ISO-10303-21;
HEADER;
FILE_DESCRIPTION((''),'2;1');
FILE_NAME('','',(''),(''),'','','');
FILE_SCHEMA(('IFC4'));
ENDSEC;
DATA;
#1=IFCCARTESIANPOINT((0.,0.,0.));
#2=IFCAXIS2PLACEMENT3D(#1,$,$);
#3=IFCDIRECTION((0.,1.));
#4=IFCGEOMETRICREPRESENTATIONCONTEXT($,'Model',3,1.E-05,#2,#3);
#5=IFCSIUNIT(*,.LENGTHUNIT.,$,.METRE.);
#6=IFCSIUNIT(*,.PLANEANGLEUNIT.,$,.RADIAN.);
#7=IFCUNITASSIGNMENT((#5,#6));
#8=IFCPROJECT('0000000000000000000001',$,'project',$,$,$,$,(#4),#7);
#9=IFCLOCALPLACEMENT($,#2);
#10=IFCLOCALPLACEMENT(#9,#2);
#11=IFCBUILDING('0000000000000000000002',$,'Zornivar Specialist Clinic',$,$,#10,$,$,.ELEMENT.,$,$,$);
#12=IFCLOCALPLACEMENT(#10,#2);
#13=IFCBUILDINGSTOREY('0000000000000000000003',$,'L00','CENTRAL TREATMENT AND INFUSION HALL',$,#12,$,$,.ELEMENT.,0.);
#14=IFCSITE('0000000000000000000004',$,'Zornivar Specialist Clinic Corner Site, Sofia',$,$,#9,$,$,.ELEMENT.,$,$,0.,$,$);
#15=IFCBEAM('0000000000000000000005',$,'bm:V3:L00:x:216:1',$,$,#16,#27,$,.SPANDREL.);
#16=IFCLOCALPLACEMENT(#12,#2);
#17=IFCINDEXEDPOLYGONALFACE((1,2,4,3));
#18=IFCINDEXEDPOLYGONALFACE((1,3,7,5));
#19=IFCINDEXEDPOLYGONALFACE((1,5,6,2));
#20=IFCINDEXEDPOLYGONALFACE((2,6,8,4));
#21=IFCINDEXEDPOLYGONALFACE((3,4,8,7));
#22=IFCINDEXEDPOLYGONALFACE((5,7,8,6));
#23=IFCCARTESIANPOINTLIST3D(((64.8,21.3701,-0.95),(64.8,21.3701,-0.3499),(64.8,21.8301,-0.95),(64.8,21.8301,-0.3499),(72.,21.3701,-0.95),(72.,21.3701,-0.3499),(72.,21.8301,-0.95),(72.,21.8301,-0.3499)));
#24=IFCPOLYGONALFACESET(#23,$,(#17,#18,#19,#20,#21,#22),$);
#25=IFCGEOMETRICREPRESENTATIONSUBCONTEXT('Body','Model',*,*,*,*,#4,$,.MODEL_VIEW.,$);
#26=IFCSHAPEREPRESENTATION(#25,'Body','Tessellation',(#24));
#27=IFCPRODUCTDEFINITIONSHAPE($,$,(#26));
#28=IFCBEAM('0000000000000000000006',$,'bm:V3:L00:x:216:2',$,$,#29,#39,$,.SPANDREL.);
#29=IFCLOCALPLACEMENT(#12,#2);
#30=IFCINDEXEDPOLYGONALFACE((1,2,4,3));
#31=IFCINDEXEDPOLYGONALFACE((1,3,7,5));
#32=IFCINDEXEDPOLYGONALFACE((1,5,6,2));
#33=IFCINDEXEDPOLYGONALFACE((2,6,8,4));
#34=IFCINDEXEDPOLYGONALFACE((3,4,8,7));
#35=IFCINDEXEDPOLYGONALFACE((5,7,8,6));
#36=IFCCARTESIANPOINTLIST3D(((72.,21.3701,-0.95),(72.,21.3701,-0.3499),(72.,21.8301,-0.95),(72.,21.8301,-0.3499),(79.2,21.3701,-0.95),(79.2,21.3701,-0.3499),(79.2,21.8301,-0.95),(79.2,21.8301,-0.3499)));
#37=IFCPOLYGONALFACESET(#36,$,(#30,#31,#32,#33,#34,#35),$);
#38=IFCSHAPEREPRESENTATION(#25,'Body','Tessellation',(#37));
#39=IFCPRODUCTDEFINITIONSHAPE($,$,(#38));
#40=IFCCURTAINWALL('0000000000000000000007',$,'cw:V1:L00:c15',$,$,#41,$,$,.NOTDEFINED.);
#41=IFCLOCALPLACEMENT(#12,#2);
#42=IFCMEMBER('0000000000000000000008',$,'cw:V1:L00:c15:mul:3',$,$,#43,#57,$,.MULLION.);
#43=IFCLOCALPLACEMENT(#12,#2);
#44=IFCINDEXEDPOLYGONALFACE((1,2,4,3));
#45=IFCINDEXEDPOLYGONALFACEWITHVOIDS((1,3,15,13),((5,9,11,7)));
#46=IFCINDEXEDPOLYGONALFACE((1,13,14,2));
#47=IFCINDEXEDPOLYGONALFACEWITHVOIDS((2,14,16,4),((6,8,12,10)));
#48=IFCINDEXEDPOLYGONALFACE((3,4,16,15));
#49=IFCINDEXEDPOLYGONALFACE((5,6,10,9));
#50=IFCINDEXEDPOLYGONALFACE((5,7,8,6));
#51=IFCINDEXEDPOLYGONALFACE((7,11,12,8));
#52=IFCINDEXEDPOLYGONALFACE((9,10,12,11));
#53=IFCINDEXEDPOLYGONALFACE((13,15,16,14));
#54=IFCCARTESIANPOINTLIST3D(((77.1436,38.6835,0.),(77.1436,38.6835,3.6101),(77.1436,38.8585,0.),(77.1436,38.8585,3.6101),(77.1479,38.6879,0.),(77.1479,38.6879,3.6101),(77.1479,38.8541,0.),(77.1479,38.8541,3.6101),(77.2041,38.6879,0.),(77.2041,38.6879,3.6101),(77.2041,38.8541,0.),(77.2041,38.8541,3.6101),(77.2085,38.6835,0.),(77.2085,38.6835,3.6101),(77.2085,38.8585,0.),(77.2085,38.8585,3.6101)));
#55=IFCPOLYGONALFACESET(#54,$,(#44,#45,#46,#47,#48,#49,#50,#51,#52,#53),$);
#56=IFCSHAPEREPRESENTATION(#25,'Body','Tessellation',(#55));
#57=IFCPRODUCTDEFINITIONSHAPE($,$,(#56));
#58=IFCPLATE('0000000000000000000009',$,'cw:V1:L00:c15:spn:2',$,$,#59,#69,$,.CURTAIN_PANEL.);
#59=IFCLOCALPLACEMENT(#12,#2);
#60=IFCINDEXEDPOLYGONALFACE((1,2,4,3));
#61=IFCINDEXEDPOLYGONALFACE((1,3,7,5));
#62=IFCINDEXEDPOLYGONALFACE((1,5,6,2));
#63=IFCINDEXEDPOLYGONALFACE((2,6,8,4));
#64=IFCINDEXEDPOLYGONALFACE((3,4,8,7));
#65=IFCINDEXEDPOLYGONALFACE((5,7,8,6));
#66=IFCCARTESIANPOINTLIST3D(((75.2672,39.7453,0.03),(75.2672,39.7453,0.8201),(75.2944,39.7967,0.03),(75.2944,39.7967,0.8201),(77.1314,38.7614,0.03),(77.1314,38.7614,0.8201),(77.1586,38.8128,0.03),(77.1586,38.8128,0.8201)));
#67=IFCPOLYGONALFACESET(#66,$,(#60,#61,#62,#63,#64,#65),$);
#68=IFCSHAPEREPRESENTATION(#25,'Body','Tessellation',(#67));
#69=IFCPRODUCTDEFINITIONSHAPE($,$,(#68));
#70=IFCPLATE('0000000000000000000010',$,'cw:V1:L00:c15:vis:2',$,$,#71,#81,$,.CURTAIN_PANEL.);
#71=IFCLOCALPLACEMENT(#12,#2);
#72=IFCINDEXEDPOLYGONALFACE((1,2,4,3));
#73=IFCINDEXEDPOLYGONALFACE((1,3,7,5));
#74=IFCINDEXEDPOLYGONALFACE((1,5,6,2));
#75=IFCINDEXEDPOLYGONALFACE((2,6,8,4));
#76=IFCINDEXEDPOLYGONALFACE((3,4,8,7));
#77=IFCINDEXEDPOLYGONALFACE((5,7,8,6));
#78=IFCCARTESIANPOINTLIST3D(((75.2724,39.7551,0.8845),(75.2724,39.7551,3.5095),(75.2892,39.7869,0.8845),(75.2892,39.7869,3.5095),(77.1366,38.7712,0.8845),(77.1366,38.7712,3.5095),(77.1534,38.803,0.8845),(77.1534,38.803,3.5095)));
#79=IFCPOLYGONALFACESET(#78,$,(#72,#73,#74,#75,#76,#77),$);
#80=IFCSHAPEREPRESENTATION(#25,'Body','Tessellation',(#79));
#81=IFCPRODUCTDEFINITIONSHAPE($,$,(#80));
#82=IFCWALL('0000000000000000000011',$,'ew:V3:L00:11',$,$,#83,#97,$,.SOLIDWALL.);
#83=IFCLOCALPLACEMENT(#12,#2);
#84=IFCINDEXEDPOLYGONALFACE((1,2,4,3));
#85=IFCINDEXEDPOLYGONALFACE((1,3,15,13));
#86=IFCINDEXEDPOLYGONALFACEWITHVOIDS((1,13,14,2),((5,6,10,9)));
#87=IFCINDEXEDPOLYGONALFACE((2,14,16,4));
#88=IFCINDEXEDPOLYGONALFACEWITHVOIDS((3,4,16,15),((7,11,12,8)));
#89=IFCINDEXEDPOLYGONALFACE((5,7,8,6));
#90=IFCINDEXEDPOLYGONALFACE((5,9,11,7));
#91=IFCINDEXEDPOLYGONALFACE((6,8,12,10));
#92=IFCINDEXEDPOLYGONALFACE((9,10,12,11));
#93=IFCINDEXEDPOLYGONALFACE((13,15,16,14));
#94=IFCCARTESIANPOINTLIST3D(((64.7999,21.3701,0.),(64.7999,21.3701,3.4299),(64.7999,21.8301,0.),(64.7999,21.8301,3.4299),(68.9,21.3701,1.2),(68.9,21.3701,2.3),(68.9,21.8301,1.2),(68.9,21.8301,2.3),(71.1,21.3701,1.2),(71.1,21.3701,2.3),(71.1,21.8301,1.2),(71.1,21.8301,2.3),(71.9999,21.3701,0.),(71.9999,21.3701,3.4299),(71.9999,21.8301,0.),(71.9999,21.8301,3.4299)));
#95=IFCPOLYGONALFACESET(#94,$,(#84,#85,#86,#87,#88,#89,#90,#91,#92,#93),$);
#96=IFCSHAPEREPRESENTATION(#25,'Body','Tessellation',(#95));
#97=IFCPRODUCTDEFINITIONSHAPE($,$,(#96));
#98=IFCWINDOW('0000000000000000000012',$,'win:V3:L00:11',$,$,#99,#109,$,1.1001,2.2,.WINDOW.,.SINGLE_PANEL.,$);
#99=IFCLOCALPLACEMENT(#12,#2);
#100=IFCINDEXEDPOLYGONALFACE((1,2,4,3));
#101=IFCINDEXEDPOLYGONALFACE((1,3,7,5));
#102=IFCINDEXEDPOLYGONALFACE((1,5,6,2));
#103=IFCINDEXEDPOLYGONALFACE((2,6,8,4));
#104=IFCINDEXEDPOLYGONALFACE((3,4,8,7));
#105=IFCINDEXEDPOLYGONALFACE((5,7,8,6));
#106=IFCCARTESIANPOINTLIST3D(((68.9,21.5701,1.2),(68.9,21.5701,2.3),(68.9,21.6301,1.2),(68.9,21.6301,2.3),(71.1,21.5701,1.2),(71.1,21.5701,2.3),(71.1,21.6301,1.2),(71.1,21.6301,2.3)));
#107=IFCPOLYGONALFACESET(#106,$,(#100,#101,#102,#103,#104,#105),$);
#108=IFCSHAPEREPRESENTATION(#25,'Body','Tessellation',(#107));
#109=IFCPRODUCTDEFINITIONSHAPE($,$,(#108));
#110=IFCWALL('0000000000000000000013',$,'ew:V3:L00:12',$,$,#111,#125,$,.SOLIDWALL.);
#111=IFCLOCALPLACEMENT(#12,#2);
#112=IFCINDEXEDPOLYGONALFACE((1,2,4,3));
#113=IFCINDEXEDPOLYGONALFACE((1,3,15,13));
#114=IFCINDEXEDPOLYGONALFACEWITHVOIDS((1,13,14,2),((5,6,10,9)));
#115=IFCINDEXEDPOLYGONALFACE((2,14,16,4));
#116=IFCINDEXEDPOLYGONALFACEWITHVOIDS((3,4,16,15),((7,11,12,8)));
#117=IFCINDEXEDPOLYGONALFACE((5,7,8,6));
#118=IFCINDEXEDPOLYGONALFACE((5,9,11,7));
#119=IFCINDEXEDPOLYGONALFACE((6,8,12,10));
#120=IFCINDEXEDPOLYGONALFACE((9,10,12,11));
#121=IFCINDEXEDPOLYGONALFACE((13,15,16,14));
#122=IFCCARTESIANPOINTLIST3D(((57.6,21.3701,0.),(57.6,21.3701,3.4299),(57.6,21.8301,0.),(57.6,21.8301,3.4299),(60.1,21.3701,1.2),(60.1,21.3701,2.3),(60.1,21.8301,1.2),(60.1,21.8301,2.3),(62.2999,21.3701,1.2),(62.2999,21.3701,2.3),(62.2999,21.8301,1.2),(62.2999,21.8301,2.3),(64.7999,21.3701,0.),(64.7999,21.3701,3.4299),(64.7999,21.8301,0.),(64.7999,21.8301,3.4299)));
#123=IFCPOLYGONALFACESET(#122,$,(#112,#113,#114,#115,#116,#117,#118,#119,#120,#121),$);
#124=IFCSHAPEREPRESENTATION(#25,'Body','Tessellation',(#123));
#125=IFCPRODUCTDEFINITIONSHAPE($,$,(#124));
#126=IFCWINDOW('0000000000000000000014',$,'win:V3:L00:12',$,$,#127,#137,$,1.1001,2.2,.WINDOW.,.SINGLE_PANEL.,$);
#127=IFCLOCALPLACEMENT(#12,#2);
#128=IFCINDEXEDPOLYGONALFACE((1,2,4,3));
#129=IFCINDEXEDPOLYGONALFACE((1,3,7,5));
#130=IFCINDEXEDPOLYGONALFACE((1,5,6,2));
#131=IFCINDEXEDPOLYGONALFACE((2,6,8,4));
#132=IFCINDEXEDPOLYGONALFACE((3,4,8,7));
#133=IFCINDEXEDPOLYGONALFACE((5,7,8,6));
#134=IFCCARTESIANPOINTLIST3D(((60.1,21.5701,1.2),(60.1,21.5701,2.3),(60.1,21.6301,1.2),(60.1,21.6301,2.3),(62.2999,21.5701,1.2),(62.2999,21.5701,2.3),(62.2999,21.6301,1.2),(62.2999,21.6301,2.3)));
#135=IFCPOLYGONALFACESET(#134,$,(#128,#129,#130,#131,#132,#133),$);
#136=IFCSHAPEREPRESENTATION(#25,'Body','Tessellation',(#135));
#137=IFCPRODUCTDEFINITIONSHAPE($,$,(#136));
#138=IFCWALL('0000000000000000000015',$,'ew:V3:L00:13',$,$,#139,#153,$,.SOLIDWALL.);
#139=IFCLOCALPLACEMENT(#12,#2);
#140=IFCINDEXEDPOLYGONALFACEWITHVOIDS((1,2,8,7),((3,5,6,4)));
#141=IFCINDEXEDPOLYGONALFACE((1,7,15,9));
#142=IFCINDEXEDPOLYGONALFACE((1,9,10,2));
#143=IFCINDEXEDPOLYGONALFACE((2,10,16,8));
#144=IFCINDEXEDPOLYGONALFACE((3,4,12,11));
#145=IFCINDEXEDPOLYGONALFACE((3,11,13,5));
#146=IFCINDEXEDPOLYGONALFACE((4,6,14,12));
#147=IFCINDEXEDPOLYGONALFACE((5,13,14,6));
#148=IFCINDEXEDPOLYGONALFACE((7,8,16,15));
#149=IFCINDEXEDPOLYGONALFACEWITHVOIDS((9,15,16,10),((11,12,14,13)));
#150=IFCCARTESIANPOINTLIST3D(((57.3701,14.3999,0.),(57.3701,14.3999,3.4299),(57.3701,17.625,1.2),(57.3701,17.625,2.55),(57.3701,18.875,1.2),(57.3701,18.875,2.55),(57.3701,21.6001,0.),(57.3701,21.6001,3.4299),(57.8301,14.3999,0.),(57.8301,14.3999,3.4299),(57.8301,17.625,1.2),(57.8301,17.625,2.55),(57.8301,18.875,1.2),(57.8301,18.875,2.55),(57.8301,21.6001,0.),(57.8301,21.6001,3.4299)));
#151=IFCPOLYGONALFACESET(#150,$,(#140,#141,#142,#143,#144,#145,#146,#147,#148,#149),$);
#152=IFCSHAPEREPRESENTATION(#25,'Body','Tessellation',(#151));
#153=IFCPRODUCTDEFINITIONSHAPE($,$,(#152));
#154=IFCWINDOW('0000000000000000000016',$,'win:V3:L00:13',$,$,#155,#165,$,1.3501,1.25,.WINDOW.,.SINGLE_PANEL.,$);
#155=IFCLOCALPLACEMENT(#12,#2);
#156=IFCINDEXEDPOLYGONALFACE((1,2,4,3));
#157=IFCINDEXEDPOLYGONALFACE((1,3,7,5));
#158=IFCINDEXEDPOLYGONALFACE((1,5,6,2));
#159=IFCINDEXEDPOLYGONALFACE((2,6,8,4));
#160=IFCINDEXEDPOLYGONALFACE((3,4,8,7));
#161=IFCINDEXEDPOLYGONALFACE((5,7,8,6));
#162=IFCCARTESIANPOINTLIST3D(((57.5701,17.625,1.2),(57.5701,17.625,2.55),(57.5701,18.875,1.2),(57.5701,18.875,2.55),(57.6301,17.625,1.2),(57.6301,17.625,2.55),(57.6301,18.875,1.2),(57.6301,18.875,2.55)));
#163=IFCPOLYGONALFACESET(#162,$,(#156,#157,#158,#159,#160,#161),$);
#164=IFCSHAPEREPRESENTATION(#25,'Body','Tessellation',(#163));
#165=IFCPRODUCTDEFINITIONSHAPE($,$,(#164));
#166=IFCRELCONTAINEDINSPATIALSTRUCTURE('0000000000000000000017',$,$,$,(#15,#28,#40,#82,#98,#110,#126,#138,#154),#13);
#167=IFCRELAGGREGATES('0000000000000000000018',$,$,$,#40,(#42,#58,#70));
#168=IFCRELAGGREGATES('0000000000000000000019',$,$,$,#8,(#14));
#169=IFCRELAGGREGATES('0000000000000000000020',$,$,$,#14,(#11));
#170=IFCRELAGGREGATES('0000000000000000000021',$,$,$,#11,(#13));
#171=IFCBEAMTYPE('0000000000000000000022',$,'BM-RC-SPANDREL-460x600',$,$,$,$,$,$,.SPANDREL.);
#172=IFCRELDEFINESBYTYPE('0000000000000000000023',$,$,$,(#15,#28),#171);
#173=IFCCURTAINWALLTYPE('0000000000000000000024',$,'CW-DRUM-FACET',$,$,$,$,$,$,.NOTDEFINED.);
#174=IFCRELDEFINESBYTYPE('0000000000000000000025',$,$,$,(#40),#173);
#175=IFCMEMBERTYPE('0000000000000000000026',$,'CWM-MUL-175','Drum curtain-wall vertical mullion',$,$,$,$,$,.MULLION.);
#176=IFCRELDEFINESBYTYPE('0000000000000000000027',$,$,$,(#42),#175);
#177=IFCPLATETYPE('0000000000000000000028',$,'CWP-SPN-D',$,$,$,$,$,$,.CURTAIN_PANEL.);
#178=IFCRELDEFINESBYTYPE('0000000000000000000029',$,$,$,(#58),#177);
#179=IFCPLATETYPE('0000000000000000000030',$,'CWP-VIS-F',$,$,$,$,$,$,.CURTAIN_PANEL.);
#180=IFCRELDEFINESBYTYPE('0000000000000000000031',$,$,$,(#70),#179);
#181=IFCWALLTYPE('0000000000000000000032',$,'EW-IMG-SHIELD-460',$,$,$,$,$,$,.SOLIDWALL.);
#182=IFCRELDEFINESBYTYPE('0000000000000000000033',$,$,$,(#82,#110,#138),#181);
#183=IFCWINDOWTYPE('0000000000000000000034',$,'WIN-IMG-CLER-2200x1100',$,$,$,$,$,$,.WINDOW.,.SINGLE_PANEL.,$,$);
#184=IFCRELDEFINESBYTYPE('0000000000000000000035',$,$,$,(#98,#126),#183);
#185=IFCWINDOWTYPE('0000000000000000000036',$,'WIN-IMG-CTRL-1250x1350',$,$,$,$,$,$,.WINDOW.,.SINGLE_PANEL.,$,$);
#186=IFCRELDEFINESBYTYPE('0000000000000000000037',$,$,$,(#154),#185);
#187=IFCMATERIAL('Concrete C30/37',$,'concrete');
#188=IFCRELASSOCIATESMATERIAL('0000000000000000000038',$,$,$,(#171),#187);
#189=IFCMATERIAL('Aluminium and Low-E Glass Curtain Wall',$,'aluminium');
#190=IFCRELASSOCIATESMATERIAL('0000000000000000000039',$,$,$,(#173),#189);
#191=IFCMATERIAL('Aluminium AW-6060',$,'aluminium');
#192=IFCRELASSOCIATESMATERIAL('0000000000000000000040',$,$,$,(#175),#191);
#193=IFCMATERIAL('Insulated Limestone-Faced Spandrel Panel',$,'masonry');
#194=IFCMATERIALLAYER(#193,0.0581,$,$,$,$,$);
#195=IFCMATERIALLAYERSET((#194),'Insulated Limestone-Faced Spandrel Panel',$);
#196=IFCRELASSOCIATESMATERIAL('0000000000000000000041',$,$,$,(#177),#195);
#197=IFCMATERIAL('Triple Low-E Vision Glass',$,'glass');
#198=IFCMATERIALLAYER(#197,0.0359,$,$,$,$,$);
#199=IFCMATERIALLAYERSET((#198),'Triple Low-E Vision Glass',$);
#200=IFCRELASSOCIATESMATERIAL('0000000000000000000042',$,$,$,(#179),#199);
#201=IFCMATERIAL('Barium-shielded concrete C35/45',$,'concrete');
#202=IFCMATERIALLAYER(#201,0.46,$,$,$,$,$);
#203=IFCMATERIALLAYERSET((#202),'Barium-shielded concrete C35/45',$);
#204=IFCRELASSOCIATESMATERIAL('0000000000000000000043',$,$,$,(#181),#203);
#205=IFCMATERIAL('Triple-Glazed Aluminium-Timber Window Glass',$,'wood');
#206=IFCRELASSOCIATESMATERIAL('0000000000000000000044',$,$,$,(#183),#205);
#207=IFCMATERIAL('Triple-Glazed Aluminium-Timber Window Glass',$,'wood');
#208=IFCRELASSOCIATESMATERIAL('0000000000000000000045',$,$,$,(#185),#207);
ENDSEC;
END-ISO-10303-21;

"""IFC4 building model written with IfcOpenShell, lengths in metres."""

from ifc_helpers import new_model, si_unit, direction, frame, frame_2d, origin, origin_2d, place, context, subcontext, project, spatial, rectangle, hollow_rectangle, extrude, material, layer, layer_set, material_profile, profile_set, type_object, element, fill, aggregate, save


model = new_model("IFC4")

# Units and contexts
model_context = context("Model", 3, precision=1e-05, world=origin(), true_north=direction((0.0, 1.0)))
body_context = subcontext(model_context, "Body", "Model", "MODEL_VIEW")
ifc_project = project(units=[si_unit("LENGTHUNIT", "METRE"), si_unit("PLANEANGLEUNIT", "RADIAN")], contexts=[model_context])

# Site, building, storey
site_placement = place(None, origin())
site = spatial("IfcSite", under=ifc_project, at=site_placement, Name="Zornivar Specialist Clinic Corner Site, Sofia", CompositionType="ELEMENT", RefElevation=0.0)
building_placement = place(site_placement, origin())
building = spatial("IfcBuilding", under=site, at=building_placement, Name="Zornivar Specialist Clinic", CompositionType="ELEMENT")
storey_placement = place(building_placement, origin())
storey = spatial("IfcBuildingStorey", under=building, at=storey_placement, Name="L00", Description="CENTRAL TREATMENT AND INFUSION HALL", CompositionType="ELEMENT", Elevation=0.0)

# Beams
ifc_material_1 = material(Name="Concrete C30/37", Category="concrete")
ifc_material_profile_1 = material_profile(ifc_material_1, rectangle(XDim=0.46, YDim=0.6001, at=origin_2d()), Name="RC 460x600")
ifc_profile_set_1 = profile_set([ifc_material_profile_1], Name="Concrete C30/37")
beam_type = type_object("IfcBeamType", Name="BM-RC-SPANDREL-460x600", PredefinedType="SPANDREL", material=ifc_profile_set_1)
for number, where, z_axis, x_axis, name in (
    (1, (64.8, 21.6001, -0.6499), (1.0, 0.0, 0.0), (0.0, 1.0, 0.0), "bm:V3:L00:x:216:1"),
    (2, (72.0, 21.6001, -0.6499), (1.0, 0.0, 0.0), (0.0, 1.0, 0.0), "bm:V3:L00:x:216:2"),
):
    element("IfcBeam", number, at=place(storey_placement, frame(where, z_axis=z_axis, x_axis=x_axis)), inside=storey, type_object=beam_type, Name=name, PredefinedType="SPANDREL", context=body_context, shape_type="SweptSolid", body=[
        extrude(rectangle(XDim=0.46, YDim=0.6001, at=origin_2d()), origin(), (0.0, 0.0, 1.0), 7.2),
    ])

# Curtain wall, member, plates
ifc_material_2 = material(Name="Aluminium and Low-E Glass Curtain Wall", Category="aluminium")
curtain_wall_type = type_object("IfcCurtainWallType", Name="CW-DRUM-FACET", PredefinedType="NOTDEFINED", material=ifc_material_2)
curtain_wall_placement = place(storey_placement, origin())
curtain_wall = element("IfcCurtainWall", 3, at=curtain_wall_placement, inside=storey, type_object=curtain_wall_type, Name="cw:V1:L00:c15", PredefinedType="NOTDEFINED")
ifc_material_3 = material(Name="Aluminium AW-6060", Category="aluminium")
ifc_material_profile_2 = material_profile(ifc_material_3, hollow_rectangle(XDim=0.0649, YDim=0.175, WallThickness=0.0044, at=origin_2d()), Name="ALU 65x175x4.5")
ifc_profile_set_2 = profile_set([ifc_material_profile_2], Name="Aluminium AW-6060")
member_type = type_object("IfcMemberType", Name="CWM-MUL-175", Description="Drum curtain-wall vertical mullion", PredefinedType="MULLION", material=ifc_profile_set_2)
member_placement = place(storey_placement, frame((77.176, 38.771, 0.0), z_axis=(0.0, 0.0, 1.0), x_axis=(1.0, 0.0, 0.0)))
member = element("IfcMember", 4, at=member_placement, type_object=member_type, Name="cw:V1:L00:c15:mul:3", PredefinedType="MULLION", context=body_context, shape_type="SweptSolid", body=[
    extrude(hollow_rectangle(XDim=0.0649, YDim=0.175, WallThickness=0.0044, at=origin_2d()), origin(), (0.0, 0.0, 1.0), 3.6101),
])
ifc_material_4 = material(Name="Insulated Limestone-Faced Spandrel Panel", Category="masonry")
ifc_layer_1 = layer(ifc_material_4, 0.0581)
ifc_layer_set_1 = layer_set([ifc_layer_1], Name="Insulated Limestone-Faced Spandrel Panel")
plate_type_1 = type_object("IfcPlateType", Name="CWP-SPN-D", PredefinedType="CURTAIN_PANEL", material=ifc_layer_set_1)
plate_1_placement = place(storey_placement, frame((76.2129, 39.2791, 0.03), z_axis=(0.0, 0.0, 1.0), x_axis=(0.884383, -0.466762, 0.0)))
plate_1 = element("IfcPlate", 5, at=plate_1_placement, type_object=plate_type_1, Name="cw:V1:L00:c15:spn:2", PredefinedType="CURTAIN_PANEL", context=body_context, shape_type="SweptSolid", body=[
    extrude(rectangle(XDim=2.1079, YDim=0.0581, at=origin_2d()), origin(), (0.0, 0.0, 1.0), 0.79),
])
ifc_material_5 = material(Name="Triple Low-E Vision Glass", Category="glass")
ifc_layer_2 = layer(ifc_material_5, 0.0359)
ifc_layer_set_2 = layer_set([ifc_layer_2], Name="Triple Low-E Vision Glass")
plate_type_2 = type_object("IfcPlateType", Name="CWP-VIS-F", PredefinedType="CURTAIN_PANEL", material=ifc_layer_set_2)
plate_2_placement = place(storey_placement, frame((76.2129, 39.2791, 0.8845), z_axis=(0.0, 0.0, 1.0), x_axis=(0.884383, -0.466762, 0.0)))
plate_2 = element("IfcPlate", 6, at=plate_2_placement, type_object=plate_type_2, Name="cw:V1:L00:c15:vis:2", PredefinedType="CURTAIN_PANEL", context=body_context, shape_type="SweptSolid", body=[
    extrude(rectangle(XDim=2.1079, YDim=0.0359, at=origin_2d()), origin(), (0.0, 0.0, 1.0), 2.625),
])
aggregate(curtain_wall, [member, plate_1, plate_2])

# Walls, openings, windows
ifc_material_6 = material(Name="Barium-shielded concrete C35/45", Category="concrete")
ifc_layer_3 = layer(ifc_material_6, 0.46)
ifc_layer_set_3 = layer_set([ifc_layer_3], Name="Barium-shielded concrete C35/45")
wall_type_1 = type_object("IfcWallType", Name="EW-IMG-SHIELD-460", PredefinedType="SOLIDWALL", material=ifc_layer_set_3)
wall_1_placement = place(storey_placement, frame((72.0, 21.6001, 0.0), z_axis=(0.0, 0.0, 1.0), x_axis=(-1.0, 0.0, 0.0)))
wall_1 = element("IfcWall", 7, at=wall_1_placement, inside=storey, type_object=wall_type_1, Name="ew:V3:L00:11", PredefinedType="SOLIDWALL", context=body_context, shape_type="SweptSolid", body=[
    extrude(rectangle(XDim=7.2, YDim=0.46, at=frame_2d((3.6001, 0.0))), origin(), (0.0, 0.0, 1.0), 3.4299),
])
opening_1_placement = place(wall_1_placement, frame((0.8999, 0.0, 1.2)))
opening_1 = element("IfcOpeningElement", 8, at=opening_1_placement, cuts=wall_1, PredefinedType="OPENING", context=body_context, shape_type="SweptSolid", body=[
    extrude(rectangle(XDim=2.2, YDim=1.1001, at=frame_2d((1.1001, 0.55))), frame((0.0, 0.24, 0.0), z_axis=(0.0, -1.0, 0.0), x_axis=(1.0, 0.0, 0.0)), (0.0, 0.0, 1.0), 0.48),
])
ifc_material_7 = material(Name="Triple-Glazed Aluminium-Timber Window Glass", Category="wood")
window_type_1 = type_object("IfcWindowType", Name="WIN-IMG-CLER-2200x1100", PartitioningType="SINGLE_PANEL", PredefinedType="WINDOW", material=ifc_material_7)
window_1_placement = place(opening_1_placement, origin())
window_1 = element("IfcWindow", 9, at=window_1_placement, inside=storey, type_object=window_type_1, Name="win:V3:L00:11", OverallHeight=1.1001, OverallWidth=2.2, PartitioningType="SINGLE_PANEL", PredefinedType="WINDOW", context=body_context, shape_type="SweptSolid", body=[
    extrude(rectangle(XDim=2.2, YDim=1.1001, at=frame_2d((1.1001, 0.55))), frame((0.0, 0.03, 0.0), z_axis=(0.0, -1.0, 0.0), x_axis=(1.0, 0.0, 0.0)), (0.0, 0.0, 1.0), 0.0601),
])
fill(opening_1, window_1)
wall_2_placement = place(storey_placement, frame((64.8, 21.6001, 0.0), z_axis=(0.0, 0.0, 1.0), x_axis=(-1.0, 0.0, 0.0)))
wall_2 = element("IfcWall", 10, at=wall_2_placement, inside=storey, type_object=wall_type_1, Name="ew:V3:L00:12", PredefinedType="SOLIDWALL", context=body_context, shape_type="SweptSolid", body=[
    extrude(rectangle(XDim=7.2, YDim=0.46, at=frame_2d((3.6001, 0.0))), origin(), (0.0, 0.0, 1.0), 3.4299),
])
opening_2_placement = place(wall_2_placement, frame((2.5, 0.0, 1.2)))
opening_2 = element("IfcOpeningElement", 11, at=opening_2_placement, cuts=wall_2, PredefinedType="OPENING", context=body_context, shape_type="SweptSolid", body=[
    extrude(rectangle(XDim=2.2, YDim=1.1001, at=frame_2d((1.1001, 0.55))), frame((0.0, 0.24, 0.0), z_axis=(0.0, -1.0, 0.0), x_axis=(1.0, 0.0, 0.0)), (0.0, 0.0, 1.0), 0.48),
])
window_2_placement = place(opening_2_placement, origin())
window_2 = element("IfcWindow", 12, at=window_2_placement, inside=storey, type_object=window_type_1, Name="win:V3:L00:12", OverallHeight=1.1001, OverallWidth=2.2, PartitioningType="SINGLE_PANEL", PredefinedType="WINDOW", context=body_context, shape_type="SweptSolid", body=[
    extrude(rectangle(XDim=2.2, YDim=1.1001, at=frame_2d((1.1001, 0.55))), frame((0.0, 0.03, 0.0), z_axis=(0.0, -1.0, 0.0), x_axis=(1.0, 0.0, 0.0)), (0.0, 0.0, 1.0), 0.0601),
])
fill(opening_2, window_2)
wall_3_placement = place(storey_placement, frame((57.6001, 21.6001, 0.0), z_axis=(0.0, 0.0, 1.0), x_axis=(0.0, -1.0, 0.0)))
wall_3 = element("IfcWall", 13, at=wall_3_placement, inside=storey, type_object=wall_type_1, Name="ew:V3:L00:13", PredefinedType="SOLIDWALL", context=body_context, shape_type="SweptSolid", body=[
    extrude(rectangle(XDim=7.2002, YDim=0.46, at=frame_2d((3.6001, 0.0))), origin(), (0.0, 0.0, 1.0), 3.4299),
])
opening_3_placement = place(wall_3_placement, frame((2.7251, 0.0, 1.2)))
opening_3 = element("IfcOpeningElement", 14, at=opening_3_placement, cuts=wall_3, PredefinedType="OPENING", context=body_context, shape_type="SweptSolid", body=[
    extrude(rectangle(XDim=1.25, YDim=1.3501, at=frame_2d((0.625, 0.675))), frame((0.0, 0.24, 0.0), z_axis=(0.0, -1.0, 0.0), x_axis=(1.0, 0.0, 0.0)), (0.0, 0.0, 1.0), 0.48),
])
ifc_material_8 = material(Name="Triple-Glazed Aluminium-Timber Window Glass", Category="wood")
window_type_2 = type_object("IfcWindowType", Name="WIN-IMG-CTRL-1250x1350", PartitioningType="SINGLE_PANEL", PredefinedType="WINDOW", material=ifc_material_8)
window_3_placement = place(opening_3_placement, origin())
window_3 = element("IfcWindow", 15, at=window_3_placement, inside=storey, type_object=window_type_2, Name="win:V3:L00:13", OverallHeight=1.3501, OverallWidth=1.25, PartitioningType="SINGLE_PANEL", PredefinedType="WINDOW", context=body_context, shape_type="SweptSolid", body=[
    extrude(rectangle(XDim=1.25, YDim=1.3501, at=frame_2d((0.625, 0.675))), frame((0.0, 0.03, 0.0), z_axis=(0.0, -1.0, 0.0), x_axis=(1.0, 0.0, 0.0)), (0.0, 0.0, 1.0), 0.0601),
])
fill(opening_3, window_3)

save(model, "model.ifc")
